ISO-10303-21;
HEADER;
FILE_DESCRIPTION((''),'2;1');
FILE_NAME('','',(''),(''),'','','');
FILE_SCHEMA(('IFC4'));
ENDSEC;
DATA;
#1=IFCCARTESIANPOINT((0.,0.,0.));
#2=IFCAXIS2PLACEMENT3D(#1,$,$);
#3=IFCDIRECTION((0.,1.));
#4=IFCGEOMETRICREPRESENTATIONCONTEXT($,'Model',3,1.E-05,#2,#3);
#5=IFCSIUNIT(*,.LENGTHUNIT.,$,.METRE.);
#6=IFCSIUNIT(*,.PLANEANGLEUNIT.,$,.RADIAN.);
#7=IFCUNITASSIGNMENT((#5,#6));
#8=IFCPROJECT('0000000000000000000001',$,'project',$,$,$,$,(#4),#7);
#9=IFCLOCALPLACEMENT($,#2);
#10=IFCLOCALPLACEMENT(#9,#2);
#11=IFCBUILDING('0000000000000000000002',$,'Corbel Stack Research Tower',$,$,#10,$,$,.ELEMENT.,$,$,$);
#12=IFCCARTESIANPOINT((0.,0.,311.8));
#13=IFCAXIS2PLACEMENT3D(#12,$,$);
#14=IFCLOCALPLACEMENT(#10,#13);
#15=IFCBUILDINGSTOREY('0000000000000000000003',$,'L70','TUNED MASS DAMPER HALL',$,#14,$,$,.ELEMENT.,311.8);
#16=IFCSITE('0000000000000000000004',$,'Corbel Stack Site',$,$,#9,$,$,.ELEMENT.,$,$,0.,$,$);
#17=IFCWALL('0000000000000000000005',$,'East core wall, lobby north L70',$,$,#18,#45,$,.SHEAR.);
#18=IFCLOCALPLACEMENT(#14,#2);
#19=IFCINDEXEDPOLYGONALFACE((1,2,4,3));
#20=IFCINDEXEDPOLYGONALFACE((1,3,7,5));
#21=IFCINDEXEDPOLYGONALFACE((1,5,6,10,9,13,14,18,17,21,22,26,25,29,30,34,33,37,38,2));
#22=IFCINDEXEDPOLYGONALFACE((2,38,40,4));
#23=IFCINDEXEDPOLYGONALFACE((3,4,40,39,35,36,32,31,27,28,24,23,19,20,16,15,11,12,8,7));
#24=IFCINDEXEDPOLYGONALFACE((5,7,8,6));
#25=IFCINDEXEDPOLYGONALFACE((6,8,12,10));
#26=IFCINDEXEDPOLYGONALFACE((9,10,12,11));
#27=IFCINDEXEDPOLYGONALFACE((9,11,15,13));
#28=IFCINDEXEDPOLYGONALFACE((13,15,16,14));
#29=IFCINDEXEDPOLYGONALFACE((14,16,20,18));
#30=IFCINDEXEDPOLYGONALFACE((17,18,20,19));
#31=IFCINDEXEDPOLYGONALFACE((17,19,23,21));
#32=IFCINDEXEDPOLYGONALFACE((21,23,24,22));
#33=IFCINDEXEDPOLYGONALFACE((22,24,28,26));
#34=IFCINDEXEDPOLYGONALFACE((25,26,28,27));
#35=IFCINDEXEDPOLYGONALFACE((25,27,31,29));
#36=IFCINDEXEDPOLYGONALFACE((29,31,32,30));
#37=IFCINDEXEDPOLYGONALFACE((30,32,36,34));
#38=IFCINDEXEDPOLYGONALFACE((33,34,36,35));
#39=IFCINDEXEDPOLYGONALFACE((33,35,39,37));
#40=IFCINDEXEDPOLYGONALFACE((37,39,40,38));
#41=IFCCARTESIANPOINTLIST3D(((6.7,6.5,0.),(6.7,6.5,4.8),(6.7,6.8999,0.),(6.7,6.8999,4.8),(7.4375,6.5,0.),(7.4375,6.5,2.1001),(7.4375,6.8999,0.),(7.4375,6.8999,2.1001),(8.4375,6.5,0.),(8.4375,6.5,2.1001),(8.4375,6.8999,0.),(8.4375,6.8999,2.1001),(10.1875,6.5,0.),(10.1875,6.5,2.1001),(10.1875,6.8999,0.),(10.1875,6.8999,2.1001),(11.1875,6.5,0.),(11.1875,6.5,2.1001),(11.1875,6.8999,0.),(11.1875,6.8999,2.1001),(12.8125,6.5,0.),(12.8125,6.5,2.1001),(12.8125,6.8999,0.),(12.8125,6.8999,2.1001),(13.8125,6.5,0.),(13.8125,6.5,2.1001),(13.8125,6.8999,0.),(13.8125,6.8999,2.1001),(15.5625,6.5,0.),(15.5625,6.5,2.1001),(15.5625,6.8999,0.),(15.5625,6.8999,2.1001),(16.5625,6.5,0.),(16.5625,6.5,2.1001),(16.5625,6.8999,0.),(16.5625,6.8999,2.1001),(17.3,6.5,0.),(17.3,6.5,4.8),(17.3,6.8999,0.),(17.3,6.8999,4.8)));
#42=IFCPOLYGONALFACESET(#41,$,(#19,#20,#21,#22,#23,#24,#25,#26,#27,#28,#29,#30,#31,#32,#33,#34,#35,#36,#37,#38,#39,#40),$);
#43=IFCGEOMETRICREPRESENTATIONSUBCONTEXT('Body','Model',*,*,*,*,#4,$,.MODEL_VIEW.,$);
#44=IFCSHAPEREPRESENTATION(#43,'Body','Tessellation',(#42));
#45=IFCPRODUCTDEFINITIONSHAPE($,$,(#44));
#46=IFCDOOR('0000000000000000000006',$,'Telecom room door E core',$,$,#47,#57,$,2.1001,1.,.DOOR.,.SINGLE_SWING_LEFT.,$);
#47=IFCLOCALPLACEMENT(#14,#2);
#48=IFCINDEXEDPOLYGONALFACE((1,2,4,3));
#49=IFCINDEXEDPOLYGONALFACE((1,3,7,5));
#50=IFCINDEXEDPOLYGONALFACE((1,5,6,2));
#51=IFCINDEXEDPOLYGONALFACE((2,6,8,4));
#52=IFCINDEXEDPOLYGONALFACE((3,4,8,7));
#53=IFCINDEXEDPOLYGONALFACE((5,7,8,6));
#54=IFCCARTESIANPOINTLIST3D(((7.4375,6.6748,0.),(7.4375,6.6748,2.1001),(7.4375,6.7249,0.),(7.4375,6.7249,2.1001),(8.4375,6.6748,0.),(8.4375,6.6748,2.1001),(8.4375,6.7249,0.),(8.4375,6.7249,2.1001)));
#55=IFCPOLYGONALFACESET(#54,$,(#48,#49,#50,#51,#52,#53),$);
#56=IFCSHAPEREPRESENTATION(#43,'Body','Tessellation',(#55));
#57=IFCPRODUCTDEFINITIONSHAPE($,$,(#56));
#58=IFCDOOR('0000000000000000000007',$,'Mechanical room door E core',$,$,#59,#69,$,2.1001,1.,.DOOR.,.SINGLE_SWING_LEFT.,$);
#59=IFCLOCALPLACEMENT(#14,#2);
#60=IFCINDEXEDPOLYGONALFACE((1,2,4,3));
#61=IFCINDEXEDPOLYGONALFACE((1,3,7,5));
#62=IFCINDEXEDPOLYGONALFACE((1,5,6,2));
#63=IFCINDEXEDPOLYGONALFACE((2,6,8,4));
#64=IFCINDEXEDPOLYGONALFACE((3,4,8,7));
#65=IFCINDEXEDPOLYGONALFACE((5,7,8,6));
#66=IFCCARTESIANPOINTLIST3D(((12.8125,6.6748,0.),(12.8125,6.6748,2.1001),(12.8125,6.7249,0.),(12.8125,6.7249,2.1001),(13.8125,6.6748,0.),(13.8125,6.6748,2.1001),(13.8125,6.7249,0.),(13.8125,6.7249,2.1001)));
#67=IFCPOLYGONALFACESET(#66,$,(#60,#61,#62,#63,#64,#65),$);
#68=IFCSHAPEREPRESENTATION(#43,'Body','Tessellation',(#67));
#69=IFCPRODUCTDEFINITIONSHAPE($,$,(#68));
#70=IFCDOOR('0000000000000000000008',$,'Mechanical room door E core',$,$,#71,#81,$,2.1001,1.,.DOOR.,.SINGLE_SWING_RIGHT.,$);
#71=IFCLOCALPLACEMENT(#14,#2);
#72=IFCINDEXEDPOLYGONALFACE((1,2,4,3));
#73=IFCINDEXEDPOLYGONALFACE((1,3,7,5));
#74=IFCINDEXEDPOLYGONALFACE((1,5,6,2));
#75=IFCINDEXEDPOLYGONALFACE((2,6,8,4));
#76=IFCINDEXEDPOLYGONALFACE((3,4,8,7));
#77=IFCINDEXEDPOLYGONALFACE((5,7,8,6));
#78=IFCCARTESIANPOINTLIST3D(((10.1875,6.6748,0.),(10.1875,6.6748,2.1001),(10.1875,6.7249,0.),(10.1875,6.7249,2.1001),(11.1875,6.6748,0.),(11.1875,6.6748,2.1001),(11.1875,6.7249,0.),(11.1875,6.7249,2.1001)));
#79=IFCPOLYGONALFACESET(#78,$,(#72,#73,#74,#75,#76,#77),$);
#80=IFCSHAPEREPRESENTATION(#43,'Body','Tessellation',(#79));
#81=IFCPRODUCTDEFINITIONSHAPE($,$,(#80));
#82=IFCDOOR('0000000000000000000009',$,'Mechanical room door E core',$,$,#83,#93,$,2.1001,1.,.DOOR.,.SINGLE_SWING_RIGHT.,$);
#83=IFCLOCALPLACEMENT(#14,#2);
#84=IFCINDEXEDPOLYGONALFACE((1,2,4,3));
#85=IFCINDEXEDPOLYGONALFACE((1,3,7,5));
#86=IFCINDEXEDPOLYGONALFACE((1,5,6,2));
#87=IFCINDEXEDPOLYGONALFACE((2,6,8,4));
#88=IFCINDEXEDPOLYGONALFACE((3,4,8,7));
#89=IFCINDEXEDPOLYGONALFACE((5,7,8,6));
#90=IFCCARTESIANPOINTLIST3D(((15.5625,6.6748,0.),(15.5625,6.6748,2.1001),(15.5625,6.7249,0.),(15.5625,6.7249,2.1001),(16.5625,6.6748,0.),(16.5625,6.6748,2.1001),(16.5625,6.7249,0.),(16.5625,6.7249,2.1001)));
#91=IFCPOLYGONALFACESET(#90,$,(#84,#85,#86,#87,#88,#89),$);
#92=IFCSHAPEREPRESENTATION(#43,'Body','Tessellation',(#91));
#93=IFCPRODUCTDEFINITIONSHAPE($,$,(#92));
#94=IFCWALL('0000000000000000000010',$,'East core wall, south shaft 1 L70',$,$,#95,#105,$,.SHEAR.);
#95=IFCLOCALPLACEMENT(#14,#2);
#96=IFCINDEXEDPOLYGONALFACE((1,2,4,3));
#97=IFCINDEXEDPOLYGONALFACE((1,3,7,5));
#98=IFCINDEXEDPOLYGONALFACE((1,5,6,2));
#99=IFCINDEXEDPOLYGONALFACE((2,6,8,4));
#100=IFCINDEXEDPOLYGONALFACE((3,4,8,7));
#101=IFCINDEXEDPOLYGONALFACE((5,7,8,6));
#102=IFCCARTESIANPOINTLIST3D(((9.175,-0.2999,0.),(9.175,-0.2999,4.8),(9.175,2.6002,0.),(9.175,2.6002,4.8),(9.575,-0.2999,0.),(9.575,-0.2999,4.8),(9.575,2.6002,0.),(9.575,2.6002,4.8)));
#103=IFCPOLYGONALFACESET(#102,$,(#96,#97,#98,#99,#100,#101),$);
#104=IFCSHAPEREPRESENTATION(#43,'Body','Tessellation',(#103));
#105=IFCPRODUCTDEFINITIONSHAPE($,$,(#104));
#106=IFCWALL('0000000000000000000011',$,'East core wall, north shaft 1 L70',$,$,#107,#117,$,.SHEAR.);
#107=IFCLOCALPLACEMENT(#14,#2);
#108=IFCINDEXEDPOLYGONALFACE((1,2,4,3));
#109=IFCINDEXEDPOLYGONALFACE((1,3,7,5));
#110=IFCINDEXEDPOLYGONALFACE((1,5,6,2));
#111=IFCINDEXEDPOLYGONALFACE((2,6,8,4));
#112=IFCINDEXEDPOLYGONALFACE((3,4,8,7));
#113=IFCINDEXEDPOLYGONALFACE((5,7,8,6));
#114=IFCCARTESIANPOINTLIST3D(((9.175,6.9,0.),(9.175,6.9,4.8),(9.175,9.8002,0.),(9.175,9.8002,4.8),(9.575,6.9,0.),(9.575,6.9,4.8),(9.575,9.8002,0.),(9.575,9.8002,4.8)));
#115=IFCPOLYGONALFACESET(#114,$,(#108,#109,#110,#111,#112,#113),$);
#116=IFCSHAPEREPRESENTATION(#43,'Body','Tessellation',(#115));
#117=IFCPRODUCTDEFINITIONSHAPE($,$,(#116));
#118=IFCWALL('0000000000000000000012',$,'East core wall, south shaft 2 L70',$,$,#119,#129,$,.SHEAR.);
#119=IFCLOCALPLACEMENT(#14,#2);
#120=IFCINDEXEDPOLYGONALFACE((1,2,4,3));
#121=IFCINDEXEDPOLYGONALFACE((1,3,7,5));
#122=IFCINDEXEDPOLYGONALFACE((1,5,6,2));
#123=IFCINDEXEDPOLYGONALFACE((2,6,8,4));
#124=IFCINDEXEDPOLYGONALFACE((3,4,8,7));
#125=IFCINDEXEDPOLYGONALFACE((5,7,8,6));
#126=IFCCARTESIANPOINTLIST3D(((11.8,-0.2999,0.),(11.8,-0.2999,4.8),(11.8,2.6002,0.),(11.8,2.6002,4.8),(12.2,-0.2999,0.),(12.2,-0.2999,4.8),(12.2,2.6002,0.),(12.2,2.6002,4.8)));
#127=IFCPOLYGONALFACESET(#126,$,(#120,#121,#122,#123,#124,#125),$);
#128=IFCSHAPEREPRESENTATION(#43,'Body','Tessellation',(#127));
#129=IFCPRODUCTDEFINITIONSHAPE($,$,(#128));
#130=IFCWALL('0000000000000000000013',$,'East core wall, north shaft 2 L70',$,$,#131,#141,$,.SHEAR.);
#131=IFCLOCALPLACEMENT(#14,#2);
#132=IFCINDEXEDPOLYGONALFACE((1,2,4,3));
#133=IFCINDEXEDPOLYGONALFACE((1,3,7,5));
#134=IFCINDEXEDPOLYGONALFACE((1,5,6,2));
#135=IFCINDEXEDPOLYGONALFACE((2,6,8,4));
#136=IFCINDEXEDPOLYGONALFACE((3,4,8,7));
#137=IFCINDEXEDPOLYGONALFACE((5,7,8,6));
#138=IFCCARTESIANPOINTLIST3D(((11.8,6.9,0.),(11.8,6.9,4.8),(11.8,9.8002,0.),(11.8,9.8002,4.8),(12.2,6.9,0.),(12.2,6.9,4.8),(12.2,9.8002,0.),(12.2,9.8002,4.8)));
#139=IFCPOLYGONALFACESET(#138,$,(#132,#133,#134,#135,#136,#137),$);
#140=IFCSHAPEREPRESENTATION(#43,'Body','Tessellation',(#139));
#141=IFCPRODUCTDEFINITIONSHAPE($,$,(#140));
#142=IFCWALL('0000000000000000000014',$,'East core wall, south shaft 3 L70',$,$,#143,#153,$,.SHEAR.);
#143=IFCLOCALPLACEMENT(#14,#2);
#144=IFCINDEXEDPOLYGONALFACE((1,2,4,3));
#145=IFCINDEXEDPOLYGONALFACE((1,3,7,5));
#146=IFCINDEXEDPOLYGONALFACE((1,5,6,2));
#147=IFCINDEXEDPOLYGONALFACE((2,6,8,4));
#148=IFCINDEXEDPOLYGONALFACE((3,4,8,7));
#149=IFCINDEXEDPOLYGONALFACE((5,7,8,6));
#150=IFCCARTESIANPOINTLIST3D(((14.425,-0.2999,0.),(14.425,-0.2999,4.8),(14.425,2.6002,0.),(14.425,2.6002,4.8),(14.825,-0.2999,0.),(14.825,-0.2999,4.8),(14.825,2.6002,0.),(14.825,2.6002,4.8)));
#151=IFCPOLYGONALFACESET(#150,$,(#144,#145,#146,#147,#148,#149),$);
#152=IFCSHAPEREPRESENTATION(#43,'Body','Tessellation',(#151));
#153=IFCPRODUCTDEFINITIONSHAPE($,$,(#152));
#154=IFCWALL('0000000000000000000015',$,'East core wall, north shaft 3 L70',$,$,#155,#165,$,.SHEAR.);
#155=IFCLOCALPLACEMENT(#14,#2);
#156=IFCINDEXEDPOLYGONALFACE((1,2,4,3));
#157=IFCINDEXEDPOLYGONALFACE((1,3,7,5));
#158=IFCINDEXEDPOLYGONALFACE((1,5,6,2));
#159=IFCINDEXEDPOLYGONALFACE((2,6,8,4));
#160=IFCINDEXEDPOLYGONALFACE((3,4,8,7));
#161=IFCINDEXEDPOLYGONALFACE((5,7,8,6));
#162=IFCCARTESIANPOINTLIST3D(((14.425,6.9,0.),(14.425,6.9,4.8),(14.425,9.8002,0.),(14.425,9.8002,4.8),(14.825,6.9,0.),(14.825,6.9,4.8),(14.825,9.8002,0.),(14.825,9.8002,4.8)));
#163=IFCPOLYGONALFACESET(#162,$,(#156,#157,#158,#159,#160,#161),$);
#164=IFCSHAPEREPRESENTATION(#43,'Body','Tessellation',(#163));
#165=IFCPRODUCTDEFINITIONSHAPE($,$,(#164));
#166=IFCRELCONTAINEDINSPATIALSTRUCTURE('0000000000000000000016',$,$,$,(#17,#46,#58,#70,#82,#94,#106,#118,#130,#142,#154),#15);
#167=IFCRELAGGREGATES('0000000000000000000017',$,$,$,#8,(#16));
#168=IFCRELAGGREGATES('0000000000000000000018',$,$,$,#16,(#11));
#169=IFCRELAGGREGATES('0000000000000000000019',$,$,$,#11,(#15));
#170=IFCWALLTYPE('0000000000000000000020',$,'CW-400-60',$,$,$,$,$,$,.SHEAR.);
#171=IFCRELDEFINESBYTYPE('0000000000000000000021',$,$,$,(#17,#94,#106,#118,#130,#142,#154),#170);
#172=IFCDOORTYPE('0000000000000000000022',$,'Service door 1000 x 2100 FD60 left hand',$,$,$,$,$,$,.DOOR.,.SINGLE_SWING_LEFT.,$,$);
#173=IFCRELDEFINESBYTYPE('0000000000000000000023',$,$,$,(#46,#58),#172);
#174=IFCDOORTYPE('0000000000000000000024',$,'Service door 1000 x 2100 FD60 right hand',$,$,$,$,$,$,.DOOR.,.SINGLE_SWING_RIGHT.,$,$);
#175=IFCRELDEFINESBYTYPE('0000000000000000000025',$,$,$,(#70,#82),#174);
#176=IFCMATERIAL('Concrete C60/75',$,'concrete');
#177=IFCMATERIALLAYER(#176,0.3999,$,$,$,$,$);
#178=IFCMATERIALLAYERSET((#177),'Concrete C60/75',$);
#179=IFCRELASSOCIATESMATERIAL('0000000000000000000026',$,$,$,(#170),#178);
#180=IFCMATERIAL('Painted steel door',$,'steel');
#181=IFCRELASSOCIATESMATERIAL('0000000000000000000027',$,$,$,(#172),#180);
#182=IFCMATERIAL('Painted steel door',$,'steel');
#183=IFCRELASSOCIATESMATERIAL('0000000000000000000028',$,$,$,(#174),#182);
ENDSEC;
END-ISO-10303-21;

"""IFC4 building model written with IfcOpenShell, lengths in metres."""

from ifc_helpers import new_model, si_unit, direction, frame, frame_2d, origin, place, context, subcontext, project, spatial, rectangle, extrude, material, layer, layer_set, type_object, element, fill, save


model = new_model("IFC4")

# Units and contexts
model_context = context("Model", 3, precision=1e-05, world=origin(), true_north=direction((0.0, 1.0)))
body_context = subcontext(model_context, "Body", "Model", "MODEL_VIEW")
ifc_project = project(units=[si_unit("LENGTHUNIT", "METRE"), si_unit("PLANEANGLEUNIT", "RADIAN")], contexts=[model_context])

# Site, building, storey
site_placement = place(None, origin())
site = spatial("IfcSite", under=ifc_project, at=site_placement, Name="Corbel Stack Site", CompositionType="ELEMENT", RefElevation=0.0)
building_placement = place(site_placement, origin())
building = spatial("IfcBuilding", under=site, at=building_placement, Name="Corbel Stack Research Tower", CompositionType="ELEMENT")
storey_placement = place(building_placement, frame((0.0, 0.0, 311.8)))
storey = spatial("IfcBuildingStorey", under=building, at=storey_placement, Name="L70", Description="TUNED MASS DAMPER HALL", CompositionType="ELEMENT", Elevation=311.8)

# Shared definitions
ifc_material_1 = material(Name="Concrete C60/75", Category="concrete")
ifc_layer = layer(ifc_material_1, 0.3999)
ifc_layer_set = layer_set([ifc_layer], Name="Concrete C60/75")
wall_type = type_object("IfcWallType", Name="CW-400-60", PredefinedType="SHEAR", material=ifc_layer_set)

# Wall, openings, doors
ifc_material_2 = material(Name="Painted steel door", Category="steel")
door_type_1 = type_object("IfcDoorType", Name="Service door 1000 x 2100 FD60 left hand", OperationType="SINGLE_SWING_LEFT", PredefinedType="DOOR", material=ifc_material_2)
ifc_material_3 = material(Name="Painted steel door", Category="steel")
door_type_2 = type_object("IfcDoorType", Name="Service door 1000 x 2100 FD60 right hand", OperationType="SINGLE_SWING_RIGHT", PredefinedType="DOOR", material=ifc_material_3)
wall_1_placement = place(storey_placement, frame((6.7, 6.7, 0.0), z_axis=(0.0, 0.0, 1.0), x_axis=(1.0, 0.0, 0.0)))
wall_1 = element("IfcWall", 1, at=wall_1_placement, inside=storey, type_object=wall_type, Name="East core wall, lobby north L70", PredefinedType="SHEAR", context=body_context, shape_type="SweptSolid", body=[
    extrude(rectangle(XDim=10.6001, YDim=0.3999, at=frame_2d((5.3, 0.0))), origin(), (0.0, 0.0, 1.0), 4.8),
])
opening_1_placement = place(wall_1_placement, frame((0.7375, 0.0, 0.0)))
opening_1 = element("IfcOpeningElement", 2, at=opening_1_placement, cuts=wall_1, PredefinedType="OPENING", context=body_context, shape_type="SweptSolid", body=[
    extrude(rectangle(XDim=1.0, YDim=2.1001, at=frame_2d((0.5, 1.05))), frame((0.0, 0.21, 0.0), z_axis=(0.0, -1.0, 0.0), x_axis=(1.0, 0.0, 0.0)), (0.0, 0.0, 1.0), 0.4199),
])
opening_2_placement = place(wall_1_placement, frame((3.4875, 0.0, 0.0)))
opening_2 = element("IfcOpeningElement", 3, at=opening_2_placement, cuts=wall_1, PredefinedType="OPENING", context=body_context, shape_type="SweptSolid", body=[
    extrude(rectangle(XDim=1.0, YDim=2.1001, at=frame_2d((0.5, 1.05))), frame((0.0, 0.21, 0.0), z_axis=(0.0, -1.0, 0.0), x_axis=(1.0, 0.0, 0.0)), (0.0, 0.0, 1.0), 0.4199),
])
opening_3_placement = place(wall_1_placement, frame((6.1125, 0.0, 0.0)))
opening_3 = element("IfcOpeningElement", 4, at=opening_3_placement, cuts=wall_1, PredefinedType="OPENING", context=body_context, shape_type="SweptSolid", body=[
    extrude(rectangle(XDim=1.0, YDim=2.1001, at=frame_2d((0.5, 1.05))), frame((0.0, 0.21, 0.0), z_axis=(0.0, -1.0, 0.0), x_axis=(1.0, 0.0, 0.0)), (0.0, 0.0, 1.0), 0.4199),
])
opening_4_placement = place(wall_1_placement, frame((8.8625, 0.0, 0.0)))
opening_4 = element("IfcOpeningElement", 5, at=opening_4_placement, cuts=wall_1, PredefinedType="OPENING", context=body_context, shape_type="SweptSolid", body=[
    extrude(rectangle(XDim=1.0, YDim=2.1001, at=frame_2d((0.5, 1.05))), frame((0.0, 0.21, 0.0), z_axis=(0.0, -1.0, 0.0), x_axis=(1.0, 0.0, 0.0)), (0.0, 0.0, 1.0), 0.4199),
])
door_1_placement = place(opening_1_placement, origin())
door_1 = element("IfcDoor", 6, at=door_1_placement, inside=storey, type_object=door_type_1, Name="Telecom room door E core", OperationType="SINGLE_SWING_LEFT", OverallHeight=2.1001, OverallWidth=1.0, PredefinedType="DOOR", context=body_context, shape_type="SweptSolid", body=[
    extrude(rectangle(XDim=1.0, YDim=2.1001, at=frame_2d((0.5, 1.05))), frame((0.0, 0.0249, 0.0), z_axis=(0.0, -1.0, 0.0), x_axis=(1.0, 0.0, 0.0)), (0.0, 0.0, 1.0), 0.05),
])
fill(opening_1, door_1)
door_2_placement = place(opening_3_placement, origin())
door_2 = element("IfcDoor", 7, at=door_2_placement, inside=storey, type_object=door_type_1, Name="Mechanical room door E core", OperationType="SINGLE_SWING_LEFT", OverallHeight=2.1001, OverallWidth=1.0, PredefinedType="DOOR", context=body_context, shape_type="SweptSolid", body=[
    extrude(rectangle(XDim=1.0, YDim=2.1001, at=frame_2d((0.5, 1.05))), frame((0.0, 0.0249, 0.0), z_axis=(0.0, -1.0, 0.0), x_axis=(1.0, 0.0, 0.0)), (0.0, 0.0, 1.0), 0.05),
])
fill(opening_3, door_2)
door_3_placement = place(opening_2_placement, origin())
door_3 = element("IfcDoor", 8, at=door_3_placement, inside=storey, type_object=door_type_2, Name="Mechanical room door E core", OperationType="SINGLE_SWING_RIGHT", OverallHeight=2.1001, OverallWidth=1.0, PredefinedType="DOOR", context=body_context, shape_type="SweptSolid", body=[
    extrude(rectangle(XDim=1.0, YDim=2.1001, at=frame_2d((0.5, 1.05))), frame((0.0, 0.0249, 0.0), z_axis=(0.0, -1.0, 0.0), x_axis=(1.0, 0.0, 0.0)), (0.0, 0.0, 1.0), 0.05),
])
fill(opening_2, door_3)
door_4_placement = place(opening_4_placement, origin())
door_4 = element("IfcDoor", 9, at=door_4_placement, inside=storey, type_object=door_type_2, Name="Mechanical room door E core", OperationType="SINGLE_SWING_RIGHT", OverallHeight=2.1001, OverallWidth=1.0, PredefinedType="DOOR", context=body_context, shape_type="SweptSolid", body=[
    extrude(rectangle(XDim=1.0, YDim=2.1001, at=frame_2d((0.5, 1.05))), frame((0.0, 0.0249, 0.0), z_axis=(0.0, -1.0, 0.0), x_axis=(1.0, 0.0, 0.0)), (0.0, 0.0, 1.0), 0.05),
])
fill(opening_4, door_4)

# Walls
for number, where, z_axis, x_axis, name in (
    (10, (9.375, -0.3, 0.0), (0.0, 0.0, 1.0), (0.0, 1.0, 0.0), "East core wall, south shaft 1 L70"),
    (11, (9.375, 6.8999, 0.0), (0.0, 0.0, 1.0), (0.0, 1.0, 0.0), "East core wall, north shaft 1 L70"),
    (12, (12.0, -0.3, 0.0), (0.0, 0.0, 1.0), (0.0, 1.0, 0.0), "East core wall, south shaft 2 L70"),
    (13, (12.0, 6.8999, 0.0), (0.0, 0.0, 1.0), (0.0, 1.0, 0.0), "East core wall, north shaft 2 L70"),
    (14, (14.625, -0.3, 0.0), (0.0, 0.0, 1.0), (0.0, 1.0, 0.0), "East core wall, south shaft 3 L70"),
    (15, (14.625, 6.8999, 0.0), (0.0, 0.0, 1.0), (0.0, 1.0, 0.0), "East core wall, north shaft 3 L70"),
):
    element("IfcWall", number, at=place(storey_placement, frame(where, z_axis=z_axis, x_axis=x_axis)), inside=storey, type_object=wall_type, Name=name, PredefinedType="SHEAR", context=body_context, shape_type="SweptSolid", body=[
        extrude(rectangle(XDim=2.9001, YDim=0.3999, at=frame_2d((1.4502, 0.0))), origin(), (0.0, 0.0, 1.0), 4.8),
    ])

save(model, "model.ifc")
